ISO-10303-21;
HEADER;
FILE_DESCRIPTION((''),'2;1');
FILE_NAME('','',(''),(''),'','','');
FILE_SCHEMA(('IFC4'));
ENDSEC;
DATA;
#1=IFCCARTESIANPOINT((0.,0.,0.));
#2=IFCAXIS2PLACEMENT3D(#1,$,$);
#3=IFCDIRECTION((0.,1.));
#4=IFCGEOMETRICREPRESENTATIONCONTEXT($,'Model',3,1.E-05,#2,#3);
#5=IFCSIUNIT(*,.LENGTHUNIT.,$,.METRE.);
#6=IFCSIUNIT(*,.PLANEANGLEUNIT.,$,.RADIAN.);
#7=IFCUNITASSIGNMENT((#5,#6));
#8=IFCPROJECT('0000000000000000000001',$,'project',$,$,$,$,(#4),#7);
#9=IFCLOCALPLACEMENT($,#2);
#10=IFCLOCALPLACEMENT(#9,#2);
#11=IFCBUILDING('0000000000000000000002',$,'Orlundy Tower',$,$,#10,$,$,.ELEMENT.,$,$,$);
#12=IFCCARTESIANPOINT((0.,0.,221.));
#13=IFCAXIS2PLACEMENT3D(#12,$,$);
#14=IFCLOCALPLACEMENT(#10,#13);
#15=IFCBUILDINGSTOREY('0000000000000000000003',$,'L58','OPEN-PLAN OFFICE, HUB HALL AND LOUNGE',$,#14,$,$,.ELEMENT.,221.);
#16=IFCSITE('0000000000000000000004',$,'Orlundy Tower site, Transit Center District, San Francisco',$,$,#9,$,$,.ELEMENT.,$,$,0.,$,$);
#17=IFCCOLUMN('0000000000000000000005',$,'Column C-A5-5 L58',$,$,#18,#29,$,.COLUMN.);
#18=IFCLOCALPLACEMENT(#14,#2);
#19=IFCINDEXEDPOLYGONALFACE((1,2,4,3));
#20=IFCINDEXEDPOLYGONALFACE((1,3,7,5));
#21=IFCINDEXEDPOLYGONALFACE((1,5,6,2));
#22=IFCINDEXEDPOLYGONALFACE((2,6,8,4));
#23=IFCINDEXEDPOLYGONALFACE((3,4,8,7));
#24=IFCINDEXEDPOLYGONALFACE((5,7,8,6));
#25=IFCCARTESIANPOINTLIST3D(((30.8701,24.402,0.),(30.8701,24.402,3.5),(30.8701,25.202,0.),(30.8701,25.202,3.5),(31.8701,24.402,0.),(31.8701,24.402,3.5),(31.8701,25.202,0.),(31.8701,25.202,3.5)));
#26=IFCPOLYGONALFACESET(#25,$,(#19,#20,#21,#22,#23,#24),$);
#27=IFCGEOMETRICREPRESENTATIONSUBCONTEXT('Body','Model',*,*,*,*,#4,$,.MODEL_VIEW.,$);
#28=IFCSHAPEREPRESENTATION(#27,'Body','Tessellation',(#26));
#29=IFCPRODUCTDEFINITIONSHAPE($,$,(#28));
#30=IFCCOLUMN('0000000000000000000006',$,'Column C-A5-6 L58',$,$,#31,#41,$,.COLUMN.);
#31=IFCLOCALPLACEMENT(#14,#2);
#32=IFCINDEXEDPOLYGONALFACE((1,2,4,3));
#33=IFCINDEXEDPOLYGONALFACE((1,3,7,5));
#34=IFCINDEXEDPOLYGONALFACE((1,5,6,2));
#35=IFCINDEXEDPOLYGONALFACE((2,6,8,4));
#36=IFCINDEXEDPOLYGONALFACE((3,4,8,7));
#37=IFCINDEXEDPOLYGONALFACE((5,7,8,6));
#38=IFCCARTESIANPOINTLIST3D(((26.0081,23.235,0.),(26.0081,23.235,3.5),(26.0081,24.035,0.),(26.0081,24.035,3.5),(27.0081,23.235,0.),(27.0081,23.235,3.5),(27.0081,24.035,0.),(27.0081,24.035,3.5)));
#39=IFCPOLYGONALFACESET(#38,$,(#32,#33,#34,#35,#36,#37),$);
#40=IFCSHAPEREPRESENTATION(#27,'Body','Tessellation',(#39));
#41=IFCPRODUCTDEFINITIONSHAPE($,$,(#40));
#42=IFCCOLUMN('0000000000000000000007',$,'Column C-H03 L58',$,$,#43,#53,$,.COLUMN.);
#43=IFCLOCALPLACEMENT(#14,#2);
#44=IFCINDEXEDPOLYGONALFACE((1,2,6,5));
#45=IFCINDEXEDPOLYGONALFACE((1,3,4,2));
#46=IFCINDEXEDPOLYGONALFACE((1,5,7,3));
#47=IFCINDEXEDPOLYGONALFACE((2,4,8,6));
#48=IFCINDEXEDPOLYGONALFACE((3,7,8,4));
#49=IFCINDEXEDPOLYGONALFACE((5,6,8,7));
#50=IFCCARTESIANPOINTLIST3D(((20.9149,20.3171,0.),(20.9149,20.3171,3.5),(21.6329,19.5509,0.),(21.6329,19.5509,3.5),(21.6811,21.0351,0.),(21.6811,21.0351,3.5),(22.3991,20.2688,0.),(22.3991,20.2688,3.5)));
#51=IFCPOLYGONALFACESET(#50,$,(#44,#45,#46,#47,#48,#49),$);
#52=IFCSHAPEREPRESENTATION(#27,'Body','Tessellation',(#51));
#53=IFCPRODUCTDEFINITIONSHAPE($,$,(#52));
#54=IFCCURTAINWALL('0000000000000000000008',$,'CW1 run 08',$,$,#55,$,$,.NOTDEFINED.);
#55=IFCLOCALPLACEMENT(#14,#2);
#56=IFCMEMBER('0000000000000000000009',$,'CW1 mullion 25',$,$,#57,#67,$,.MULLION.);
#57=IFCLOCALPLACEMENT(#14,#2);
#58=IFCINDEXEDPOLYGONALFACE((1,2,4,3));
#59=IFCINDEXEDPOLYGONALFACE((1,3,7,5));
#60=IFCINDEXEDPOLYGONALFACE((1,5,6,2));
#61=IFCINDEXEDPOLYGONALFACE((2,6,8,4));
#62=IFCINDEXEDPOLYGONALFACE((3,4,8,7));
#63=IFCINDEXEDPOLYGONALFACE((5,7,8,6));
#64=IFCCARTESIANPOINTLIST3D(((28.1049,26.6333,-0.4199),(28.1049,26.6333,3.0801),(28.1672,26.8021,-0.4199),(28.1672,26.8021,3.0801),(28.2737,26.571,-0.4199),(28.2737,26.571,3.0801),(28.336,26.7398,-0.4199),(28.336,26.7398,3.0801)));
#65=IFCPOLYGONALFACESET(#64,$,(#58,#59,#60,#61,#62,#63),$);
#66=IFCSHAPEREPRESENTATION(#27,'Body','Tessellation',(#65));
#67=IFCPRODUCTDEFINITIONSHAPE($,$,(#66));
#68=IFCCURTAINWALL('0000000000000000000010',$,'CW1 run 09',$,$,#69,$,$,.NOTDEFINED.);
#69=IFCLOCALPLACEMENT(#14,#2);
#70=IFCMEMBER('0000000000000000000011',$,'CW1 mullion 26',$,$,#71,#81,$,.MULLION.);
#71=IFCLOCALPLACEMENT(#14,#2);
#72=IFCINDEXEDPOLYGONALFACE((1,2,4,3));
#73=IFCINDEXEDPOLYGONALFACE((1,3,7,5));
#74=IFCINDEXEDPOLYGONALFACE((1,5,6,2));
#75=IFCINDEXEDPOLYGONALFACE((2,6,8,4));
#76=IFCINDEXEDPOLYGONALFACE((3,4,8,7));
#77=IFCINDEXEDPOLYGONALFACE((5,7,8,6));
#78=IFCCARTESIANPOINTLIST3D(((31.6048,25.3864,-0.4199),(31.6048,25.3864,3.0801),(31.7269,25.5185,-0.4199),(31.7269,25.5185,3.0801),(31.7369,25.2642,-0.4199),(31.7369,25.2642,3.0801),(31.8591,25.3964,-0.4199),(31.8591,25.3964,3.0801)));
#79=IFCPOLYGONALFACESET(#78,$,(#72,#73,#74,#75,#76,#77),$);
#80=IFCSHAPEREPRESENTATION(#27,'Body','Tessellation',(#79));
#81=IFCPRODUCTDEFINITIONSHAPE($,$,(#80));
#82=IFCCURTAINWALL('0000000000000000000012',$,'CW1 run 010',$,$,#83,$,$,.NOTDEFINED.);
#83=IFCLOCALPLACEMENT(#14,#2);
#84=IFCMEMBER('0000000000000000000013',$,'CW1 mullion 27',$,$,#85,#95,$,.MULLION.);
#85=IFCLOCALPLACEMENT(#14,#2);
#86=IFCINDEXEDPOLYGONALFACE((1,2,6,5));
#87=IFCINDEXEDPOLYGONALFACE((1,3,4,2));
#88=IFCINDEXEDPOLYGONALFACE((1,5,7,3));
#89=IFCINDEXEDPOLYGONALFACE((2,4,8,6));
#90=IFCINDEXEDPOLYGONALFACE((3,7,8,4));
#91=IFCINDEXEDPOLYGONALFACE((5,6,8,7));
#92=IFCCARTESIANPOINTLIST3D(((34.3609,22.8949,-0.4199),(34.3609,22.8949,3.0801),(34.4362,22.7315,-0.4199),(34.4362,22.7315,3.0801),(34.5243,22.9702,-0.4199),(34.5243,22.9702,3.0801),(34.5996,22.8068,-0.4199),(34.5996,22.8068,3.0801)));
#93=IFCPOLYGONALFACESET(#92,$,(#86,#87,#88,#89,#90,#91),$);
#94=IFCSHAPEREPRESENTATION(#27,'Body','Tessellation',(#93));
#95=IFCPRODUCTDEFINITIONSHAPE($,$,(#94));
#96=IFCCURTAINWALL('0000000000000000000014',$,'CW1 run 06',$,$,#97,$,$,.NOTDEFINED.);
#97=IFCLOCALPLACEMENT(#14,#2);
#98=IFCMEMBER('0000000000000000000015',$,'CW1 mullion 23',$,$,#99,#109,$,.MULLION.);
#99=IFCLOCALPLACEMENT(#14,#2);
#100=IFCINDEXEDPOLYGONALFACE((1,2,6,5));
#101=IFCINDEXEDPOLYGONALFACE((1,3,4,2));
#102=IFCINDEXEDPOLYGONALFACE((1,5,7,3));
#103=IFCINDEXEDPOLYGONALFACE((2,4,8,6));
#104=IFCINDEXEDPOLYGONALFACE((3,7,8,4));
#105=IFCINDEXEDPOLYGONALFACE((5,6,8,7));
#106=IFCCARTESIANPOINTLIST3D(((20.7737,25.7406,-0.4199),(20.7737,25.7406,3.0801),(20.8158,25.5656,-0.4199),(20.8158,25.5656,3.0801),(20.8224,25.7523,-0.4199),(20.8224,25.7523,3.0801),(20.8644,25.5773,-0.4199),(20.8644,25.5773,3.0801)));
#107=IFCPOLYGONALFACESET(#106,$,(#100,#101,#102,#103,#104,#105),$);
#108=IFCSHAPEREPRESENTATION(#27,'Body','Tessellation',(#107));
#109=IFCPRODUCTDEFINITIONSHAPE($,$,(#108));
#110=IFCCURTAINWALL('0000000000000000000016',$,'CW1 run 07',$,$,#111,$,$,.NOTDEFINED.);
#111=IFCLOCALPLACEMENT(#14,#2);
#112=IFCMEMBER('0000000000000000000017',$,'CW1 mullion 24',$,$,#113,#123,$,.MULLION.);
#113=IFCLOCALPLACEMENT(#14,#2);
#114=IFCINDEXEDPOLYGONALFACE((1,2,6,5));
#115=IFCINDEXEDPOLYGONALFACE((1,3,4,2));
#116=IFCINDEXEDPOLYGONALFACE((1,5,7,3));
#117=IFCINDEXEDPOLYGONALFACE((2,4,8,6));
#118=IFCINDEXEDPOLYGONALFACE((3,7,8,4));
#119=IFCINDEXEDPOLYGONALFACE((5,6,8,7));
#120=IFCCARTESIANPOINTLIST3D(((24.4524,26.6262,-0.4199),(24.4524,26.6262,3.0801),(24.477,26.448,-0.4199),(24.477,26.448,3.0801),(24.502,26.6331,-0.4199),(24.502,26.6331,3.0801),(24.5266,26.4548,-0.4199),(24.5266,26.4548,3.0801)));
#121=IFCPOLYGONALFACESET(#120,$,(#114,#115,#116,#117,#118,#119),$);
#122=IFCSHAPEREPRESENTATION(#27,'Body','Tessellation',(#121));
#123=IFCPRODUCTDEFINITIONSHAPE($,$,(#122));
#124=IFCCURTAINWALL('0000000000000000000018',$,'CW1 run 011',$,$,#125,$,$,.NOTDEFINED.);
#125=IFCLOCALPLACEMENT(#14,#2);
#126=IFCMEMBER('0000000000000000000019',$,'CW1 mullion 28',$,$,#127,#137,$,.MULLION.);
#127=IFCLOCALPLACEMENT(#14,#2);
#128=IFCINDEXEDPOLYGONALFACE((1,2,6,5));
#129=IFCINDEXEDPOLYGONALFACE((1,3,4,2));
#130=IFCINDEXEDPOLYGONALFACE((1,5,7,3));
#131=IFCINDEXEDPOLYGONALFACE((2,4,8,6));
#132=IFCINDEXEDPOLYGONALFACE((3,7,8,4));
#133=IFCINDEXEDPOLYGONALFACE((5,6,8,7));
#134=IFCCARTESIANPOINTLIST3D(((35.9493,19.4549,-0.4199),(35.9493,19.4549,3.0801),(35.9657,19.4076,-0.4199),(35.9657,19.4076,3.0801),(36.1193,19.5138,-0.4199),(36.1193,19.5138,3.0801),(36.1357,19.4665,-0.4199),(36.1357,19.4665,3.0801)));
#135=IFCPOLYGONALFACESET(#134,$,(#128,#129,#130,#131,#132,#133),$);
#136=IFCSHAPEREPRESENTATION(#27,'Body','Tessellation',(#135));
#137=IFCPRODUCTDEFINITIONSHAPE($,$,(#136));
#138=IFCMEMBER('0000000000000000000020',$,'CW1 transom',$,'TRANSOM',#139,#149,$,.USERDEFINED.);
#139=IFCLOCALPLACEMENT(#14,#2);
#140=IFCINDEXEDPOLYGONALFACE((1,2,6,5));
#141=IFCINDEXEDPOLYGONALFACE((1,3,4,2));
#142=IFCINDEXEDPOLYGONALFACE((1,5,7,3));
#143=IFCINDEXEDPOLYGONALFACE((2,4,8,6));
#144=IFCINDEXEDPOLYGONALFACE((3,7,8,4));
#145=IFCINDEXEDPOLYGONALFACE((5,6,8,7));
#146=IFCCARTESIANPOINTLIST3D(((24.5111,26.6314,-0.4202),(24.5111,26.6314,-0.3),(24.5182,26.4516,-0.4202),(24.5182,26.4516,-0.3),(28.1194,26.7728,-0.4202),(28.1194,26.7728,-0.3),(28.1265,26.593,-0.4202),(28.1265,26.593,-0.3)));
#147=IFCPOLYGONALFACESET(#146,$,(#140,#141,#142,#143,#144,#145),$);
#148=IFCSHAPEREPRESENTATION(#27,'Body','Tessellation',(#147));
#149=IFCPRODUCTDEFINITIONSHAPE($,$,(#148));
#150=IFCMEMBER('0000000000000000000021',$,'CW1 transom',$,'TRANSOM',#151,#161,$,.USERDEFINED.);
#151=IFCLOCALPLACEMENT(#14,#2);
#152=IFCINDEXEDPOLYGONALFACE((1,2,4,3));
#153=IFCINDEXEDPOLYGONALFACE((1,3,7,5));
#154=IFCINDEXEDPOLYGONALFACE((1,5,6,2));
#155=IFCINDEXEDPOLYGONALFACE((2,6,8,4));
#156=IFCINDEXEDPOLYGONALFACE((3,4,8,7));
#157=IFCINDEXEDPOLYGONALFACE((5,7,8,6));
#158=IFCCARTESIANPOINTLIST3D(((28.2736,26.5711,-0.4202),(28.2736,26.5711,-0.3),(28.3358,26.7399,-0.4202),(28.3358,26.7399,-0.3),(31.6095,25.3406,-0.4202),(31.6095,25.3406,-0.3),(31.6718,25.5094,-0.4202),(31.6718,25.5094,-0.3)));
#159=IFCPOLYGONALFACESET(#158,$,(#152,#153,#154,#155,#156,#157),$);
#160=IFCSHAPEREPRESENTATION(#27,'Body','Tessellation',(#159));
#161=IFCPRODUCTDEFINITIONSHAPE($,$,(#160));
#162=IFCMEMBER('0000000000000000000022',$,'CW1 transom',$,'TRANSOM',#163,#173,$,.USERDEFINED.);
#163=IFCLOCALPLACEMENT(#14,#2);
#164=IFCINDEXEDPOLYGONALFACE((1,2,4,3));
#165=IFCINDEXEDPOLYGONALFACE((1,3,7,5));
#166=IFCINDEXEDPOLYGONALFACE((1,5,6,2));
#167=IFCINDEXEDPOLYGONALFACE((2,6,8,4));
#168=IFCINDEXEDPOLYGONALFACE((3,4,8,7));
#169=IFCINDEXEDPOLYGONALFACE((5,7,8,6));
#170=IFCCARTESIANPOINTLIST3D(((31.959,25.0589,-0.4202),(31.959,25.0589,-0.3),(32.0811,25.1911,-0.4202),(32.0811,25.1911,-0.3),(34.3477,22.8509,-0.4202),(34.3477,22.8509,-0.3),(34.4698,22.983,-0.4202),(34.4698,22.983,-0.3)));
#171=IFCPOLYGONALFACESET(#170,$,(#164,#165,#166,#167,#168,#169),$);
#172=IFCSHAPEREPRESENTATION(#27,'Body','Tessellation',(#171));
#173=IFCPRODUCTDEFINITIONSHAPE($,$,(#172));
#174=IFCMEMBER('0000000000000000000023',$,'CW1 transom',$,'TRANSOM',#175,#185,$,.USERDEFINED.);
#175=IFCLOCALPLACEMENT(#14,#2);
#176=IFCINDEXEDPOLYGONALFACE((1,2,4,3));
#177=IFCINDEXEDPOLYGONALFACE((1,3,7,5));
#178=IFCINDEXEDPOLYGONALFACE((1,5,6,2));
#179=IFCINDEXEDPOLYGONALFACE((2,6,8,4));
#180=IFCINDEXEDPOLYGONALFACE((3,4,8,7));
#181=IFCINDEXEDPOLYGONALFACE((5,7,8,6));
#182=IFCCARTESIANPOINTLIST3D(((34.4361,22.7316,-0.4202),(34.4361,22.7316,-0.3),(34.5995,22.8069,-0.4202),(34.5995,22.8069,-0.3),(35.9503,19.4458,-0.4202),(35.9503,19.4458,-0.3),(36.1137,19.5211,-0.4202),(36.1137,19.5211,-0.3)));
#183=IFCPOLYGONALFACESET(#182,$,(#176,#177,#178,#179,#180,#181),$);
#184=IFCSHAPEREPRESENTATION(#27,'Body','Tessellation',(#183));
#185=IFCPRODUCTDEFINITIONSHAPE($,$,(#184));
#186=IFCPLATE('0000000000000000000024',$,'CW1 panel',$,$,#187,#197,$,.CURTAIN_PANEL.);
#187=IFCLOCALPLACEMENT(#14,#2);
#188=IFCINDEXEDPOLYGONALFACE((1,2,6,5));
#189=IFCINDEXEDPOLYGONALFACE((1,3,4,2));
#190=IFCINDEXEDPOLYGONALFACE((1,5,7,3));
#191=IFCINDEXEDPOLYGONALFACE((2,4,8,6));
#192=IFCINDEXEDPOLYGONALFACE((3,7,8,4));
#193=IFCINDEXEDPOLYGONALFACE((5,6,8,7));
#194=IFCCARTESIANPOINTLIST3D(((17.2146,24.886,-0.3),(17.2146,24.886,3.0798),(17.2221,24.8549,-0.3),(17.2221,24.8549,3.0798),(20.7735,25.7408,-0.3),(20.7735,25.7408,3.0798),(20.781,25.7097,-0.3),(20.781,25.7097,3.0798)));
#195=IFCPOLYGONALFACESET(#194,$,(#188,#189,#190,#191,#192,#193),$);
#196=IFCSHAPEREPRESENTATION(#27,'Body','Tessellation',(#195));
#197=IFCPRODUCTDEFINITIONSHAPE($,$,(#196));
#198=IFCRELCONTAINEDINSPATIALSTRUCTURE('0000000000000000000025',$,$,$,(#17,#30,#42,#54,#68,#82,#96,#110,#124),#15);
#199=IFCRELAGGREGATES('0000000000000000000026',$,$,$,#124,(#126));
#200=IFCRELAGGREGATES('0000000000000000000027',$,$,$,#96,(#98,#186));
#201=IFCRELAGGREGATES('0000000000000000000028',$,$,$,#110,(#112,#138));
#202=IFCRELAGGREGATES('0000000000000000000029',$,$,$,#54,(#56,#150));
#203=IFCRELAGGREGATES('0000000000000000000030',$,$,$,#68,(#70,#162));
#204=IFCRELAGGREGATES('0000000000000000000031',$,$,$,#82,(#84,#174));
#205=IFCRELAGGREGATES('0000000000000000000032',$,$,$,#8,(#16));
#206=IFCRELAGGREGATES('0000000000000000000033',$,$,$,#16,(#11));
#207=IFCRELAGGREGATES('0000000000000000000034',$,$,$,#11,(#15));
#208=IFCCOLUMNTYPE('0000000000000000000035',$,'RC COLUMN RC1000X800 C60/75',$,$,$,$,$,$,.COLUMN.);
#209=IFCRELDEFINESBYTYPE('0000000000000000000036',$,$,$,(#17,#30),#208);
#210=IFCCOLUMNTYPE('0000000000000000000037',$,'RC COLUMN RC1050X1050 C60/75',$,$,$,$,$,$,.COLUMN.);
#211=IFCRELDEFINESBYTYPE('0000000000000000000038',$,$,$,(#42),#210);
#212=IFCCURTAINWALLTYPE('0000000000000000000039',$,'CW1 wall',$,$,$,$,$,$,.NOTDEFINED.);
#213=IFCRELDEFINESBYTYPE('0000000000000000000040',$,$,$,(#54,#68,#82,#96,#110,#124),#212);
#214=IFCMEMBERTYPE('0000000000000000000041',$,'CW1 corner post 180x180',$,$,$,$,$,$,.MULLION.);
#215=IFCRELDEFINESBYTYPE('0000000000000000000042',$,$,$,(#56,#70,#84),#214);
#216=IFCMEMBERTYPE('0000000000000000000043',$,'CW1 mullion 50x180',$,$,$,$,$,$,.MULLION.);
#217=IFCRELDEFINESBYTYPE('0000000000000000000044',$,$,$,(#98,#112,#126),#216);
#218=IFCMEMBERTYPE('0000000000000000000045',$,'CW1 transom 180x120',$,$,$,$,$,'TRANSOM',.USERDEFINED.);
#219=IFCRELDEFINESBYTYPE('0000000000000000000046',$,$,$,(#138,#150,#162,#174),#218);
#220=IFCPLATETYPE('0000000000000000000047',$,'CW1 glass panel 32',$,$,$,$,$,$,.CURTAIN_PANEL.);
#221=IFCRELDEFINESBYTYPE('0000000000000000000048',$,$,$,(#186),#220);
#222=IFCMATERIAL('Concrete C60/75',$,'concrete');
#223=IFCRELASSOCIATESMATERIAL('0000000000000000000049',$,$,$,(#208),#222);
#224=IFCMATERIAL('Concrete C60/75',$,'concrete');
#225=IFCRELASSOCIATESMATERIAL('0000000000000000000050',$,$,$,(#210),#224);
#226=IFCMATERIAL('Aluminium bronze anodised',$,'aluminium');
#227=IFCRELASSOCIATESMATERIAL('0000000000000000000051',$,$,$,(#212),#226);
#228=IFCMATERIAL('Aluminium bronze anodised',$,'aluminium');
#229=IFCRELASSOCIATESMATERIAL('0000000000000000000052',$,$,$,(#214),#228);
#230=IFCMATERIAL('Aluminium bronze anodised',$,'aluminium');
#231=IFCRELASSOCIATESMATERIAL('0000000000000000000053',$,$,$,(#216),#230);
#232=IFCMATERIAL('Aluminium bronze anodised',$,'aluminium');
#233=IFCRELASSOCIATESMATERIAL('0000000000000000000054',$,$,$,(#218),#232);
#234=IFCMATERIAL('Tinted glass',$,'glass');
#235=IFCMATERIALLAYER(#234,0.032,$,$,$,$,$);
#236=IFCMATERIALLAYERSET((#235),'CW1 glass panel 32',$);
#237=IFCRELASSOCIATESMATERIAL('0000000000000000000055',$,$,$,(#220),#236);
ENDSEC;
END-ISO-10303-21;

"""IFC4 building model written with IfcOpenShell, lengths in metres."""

from ifc_helpers import new_model, si_unit, direction, frame, origin, origin_2d, place, context, subcontext, project, spatial, rectangle, extrude, material, layer, layer_set, material_profile, profile_set, type_object, element, aggregate, save


model = new_model("IFC4")

# Units and contexts
model_context = context("Model", 3, precision=1e-05, world=origin(), true_north=direction((0.0, 1.0)))
body_context = subcontext(model_context, "Body", "Model", "MODEL_VIEW")
ifc_project = project(units=[si_unit("LENGTHUNIT", "METRE"), si_unit("PLANEANGLEUNIT", "RADIAN")], contexts=[model_context])

# Site, building, storey
site_placement = place(None, origin())
site = spatial("IfcSite", under=ifc_project, at=site_placement, Name="Orlundy Tower site, Transit Center District, San Francisco", CompositionType="ELEMENT", RefElevation=0.0)
building_placement = place(site_placement, origin())
building = spatial("IfcBuilding", under=site, at=building_placement, Name="Orlundy Tower", CompositionType="ELEMENT")
storey_placement = place(building_placement, frame((0.0, 0.0, 221.0)))
storey = spatial("IfcBuildingStorey", under=building, at=storey_placement, Name="L58", Description="OPEN-PLAN OFFICE, HUB HALL AND LOUNGE", CompositionType="ELEMENT", Elevation=221.0)

# Columns
ifc_material_1 = material(Name="Concrete C60/75", Category="concrete")
ifc_material_profile_1 = material_profile(ifc_material_1, rectangle(XDim=1.0, YDim=0.8, at=origin_2d()), Name="RC1000X800")
ifc_profile_set_1 = profile_set([ifc_material_profile_1], Name="Concrete C60/75")
column_type_1 = type_object("IfcColumnType", Name="RC COLUMN RC1000X800 C60/75", PredefinedType="COLUMN", material=ifc_profile_set_1)
for number, where, z_axis, x_axis, name in (
    (1, (31.3701, 24.802, 0.0), (0.0, 0.0, 1.0), (1.0, 0.0, 0.0), "Column C-A5-5 L58"),
    (2, (26.5081, 23.635, 0.0), (0.0, 0.0, 1.0), (1.0, 0.0, 0.0), "Column C-A5-6 L58"),
):
    element("IfcColumn", number, at=place(storey_placement, frame(where, z_axis=z_axis, x_axis=x_axis)), inside=storey, type_object=column_type_1, Name=name, PredefinedType="COLUMN", context=body_context, shape_type="SweptSolid", body=[
        extrude(rectangle(XDim=1.0, YDim=0.8, at=origin_2d()), origin(), (0.0, 0.0, 1.0), 3.5),
    ])
ifc_material_2 = material(Name="Concrete C60/75", Category="concrete")
ifc_material_profile_2 = material_profile(ifc_material_2, rectangle(XDim=1.05, YDim=1.05, at=origin_2d()), Name="RC1050X1050")
ifc_profile_set_2 = profile_set([ifc_material_profile_2], Name="Concrete C60/75")
column_type_2 = type_object("IfcColumnType", Name="RC COLUMN RC1050X1050 C60/75", PredefinedType="COLUMN", material=ifc_profile_set_2)
column_placement = place(storey_placement, frame((21.657, 20.293, 0.0), z_axis=(0.0, 0.0, 1.0), x_axis=(0.729709, 0.683758, 0.0)))
element("IfcColumn", 3, at=column_placement, inside=storey, type_object=column_type_2, Name="Column C-H03 L58", PredefinedType="COLUMN", context=body_context, shape_type="SweptSolid", body=[
    extrude(rectangle(XDim=1.05, YDim=1.05, at=origin_2d()), origin(), (0.0, 0.0, 1.0), 3.5),
])

# Curtain walls, members
ifc_material_3 = material(Name="Aluminium bronze anodised", Category="aluminium")
curtain_wall_type = type_object("IfcCurtainWallType", Name="CW1 wall", PredefinedType="NOTDEFINED", material=ifc_material_3)
curtain_wall_1_placement = place(storey_placement, origin())
curtain_wall_1 = element("IfcCurtainWall", 4, at=curtain_wall_1_placement, inside=storey, type_object=curtain_wall_type, Name="CW1 run 08", PredefinedType="NOTDEFINED")
ifc_material_4 = material(Name="Aluminium bronze anodised", Category="aluminium")
ifc_material_profile_3 = material_profile(ifc_material_4, rectangle(XDim=0.1799, YDim=0.1799, at=origin_2d()), Name="CW1 corner post 180x180")
ifc_profile_set_3 = profile_set([ifc_material_profile_3], Name="Aluminium bronze anodised")
member_type_1 = type_object("IfcMemberType", Name="CW1 corner post 180x180", PredefinedType="MULLION", material=ifc_profile_set_3)
member_1_placement = place(storey_placement, frame((28.2205, 26.6865, -0.4199), z_axis=(0.0, 0.0, 1.0), x_axis=(0.346093, 0.9382, 0.0)))
member_1 = element("IfcMember", 5, at=member_1_placement, type_object=member_type_1, Name="CW1 mullion 25", PredefinedType="MULLION", context=body_context, shape_type="SweptSolid", body=[
    extrude(rectangle(XDim=0.1799, YDim=0.1799, at=origin_2d()), origin(), (0.0, 0.0, 1.0), 3.5),
])
curtain_wall_2_placement = place(storey_placement, origin())
curtain_wall_2 = element("IfcCurtainWall", 6, at=curtain_wall_2_placement, inside=storey, type_object=curtain_wall_type, Name="CW1 run 09", PredefinedType="NOTDEFINED")
member_2_placement = place(storey_placement, frame((31.7319, 25.3914, -0.4199), z_axis=(0.0, 0.0, 1.0), x_axis=(0.678773, 0.734348, 0.0)))
member_2 = element("IfcMember", 7, at=member_2_placement, type_object=member_type_1, Name="CW1 mullion 26", PredefinedType="MULLION", context=body_context, shape_type="SweptSolid", body=[
    extrude(rectangle(XDim=0.1799, YDim=0.1799, at=origin_2d()), origin(), (0.0, 0.0, 1.0), 3.5),
])
curtain_wall_3_placement = place(storey_placement, origin())
curtain_wall_3 = element("IfcCurtainWall", 8, at=curtain_wall_3_placement, inside=storey, type_object=curtain_wall_type, Name="CW1 run 010", PredefinedType="NOTDEFINED")
member_3_placement = place(storey_placement, frame((34.4802, 22.8508, -0.4199), z_axis=(0.0, 0.0, 1.0), x_axis=(0.90822, 0.418493, 0.0)))
member_3 = element("IfcMember", 9, at=member_3_placement, type_object=member_type_1, Name="CW1 mullion 27", PredefinedType="MULLION", context=body_context, shape_type="SweptSolid", body=[
    extrude(rectangle(XDim=0.1799, YDim=0.1799, at=origin_2d()), origin(), (0.0, 0.0, 1.0), 3.5),
])
curtain_wall_4_placement = place(storey_placement, origin())
curtain_wall_4 = element("IfcCurtainWall", 10, at=curtain_wall_4_placement, inside=storey, type_object=curtain_wall_type, Name="CW1 run 06", PredefinedType="NOTDEFINED")
ifc_material_5 = material(Name="Aluminium bronze anodised", Category="aluminium")
ifc_material_profile_4 = material_profile(ifc_material_5, rectangle(XDim=0.1799, YDim=0.05, at=origin_2d()), Name="CW1 mullion 50x180")
ifc_profile_set_4 = profile_set([ifc_material_profile_4], Name="Aluminium bronze anodised")
member_type_2 = type_object("IfcMemberType", Name="CW1 mullion 50x180", PredefinedType="MULLION", material=ifc_profile_set_4)
member_4_placement = place(storey_placement, frame((20.8191, 25.6589, -0.4199), z_axis=(0.0, 0.0, 1.0), x_axis=(-0.233529, 0.97235, 0.0)))
member_4 = element("IfcMember", 11, at=member_4_placement, type_object=member_type_2, Name="CW1 mullion 23", PredefinedType="MULLION", context=body_context, shape_type="SweptSolid", body=[
    extrude(rectangle(XDim=0.1799, YDim=0.05, at=origin_2d()), origin(), (0.0, 0.0, 1.0), 3.5),
])
curtain_wall_5_placement = place(storey_placement, origin())
curtain_wall_5 = element("IfcCurtainWall", 12, at=curtain_wall_5_placement, inside=storey, type_object=curtain_wall_type, Name="CW1 run 07", PredefinedType="NOTDEFINED")
member_5_placement = place(storey_placement, frame((24.4895, 26.5405, -0.4199), z_axis=(0.0, 0.0, 1.0), x_axis=(-0.136984, 0.990573, 0.0)))
member_5 = element("IfcMember", 13, at=member_5_placement, type_object=member_type_2, Name="CW1 mullion 24", PredefinedType="MULLION", context=body_context, shape_type="SweptSolid", body=[
    extrude(rectangle(XDim=0.1799, YDim=0.05, at=origin_2d()), origin(), (0.0, 0.0, 1.0), 3.5),
])
curtain_wall_6_placement = place(storey_placement, origin())
curtain_wall_6 = element("IfcCurtainWall", 14, at=curtain_wall_6_placement, inside=storey, type_object=curtain_wall_type, Name="CW1 run 011", PredefinedType="NOTDEFINED")
member_6_placement = place(storey_placement, frame((36.0425, 19.4607, -0.4199), z_axis=(0.0, 0.0, 1.0), x_axis=(0.944832, 0.327557, 0.0)))
member_6 = element("IfcMember", 15, at=member_6_placement, type_object=member_type_2, Name="CW1 mullion 28", PredefinedType="MULLION", context=body_context, shape_type="SweptSolid", body=[
    extrude(rectangle(XDim=0.1799, YDim=0.05, at=origin_2d()), origin(), (0.0, 0.0, 1.0), 3.5),
])
aggregate(curtain_wall_6, [member_6])

# Members
ifc_material_6 = material(Name="Aluminium bronze anodised", Category="aluminium")
ifc_material_profile_5 = material_profile(ifc_material_6, rectangle(XDim=0.1799, YDim=0.1201, at=origin_2d()), Name="CW1 transom 180x120")
ifc_profile_set_5 = profile_set([ifc_material_profile_5], Name="Aluminium bronze anodised")
member_type_3 = type_object("IfcMemberType", Name="CW1 transom 180x120", ElementType="TRANSOM", PredefinedType="USERDEFINED", material=ifc_profile_set_5)
member_7_placement = place(storey_placement, frame((24.5146, 26.5415, -0.3601), z_axis=(0.999234, 0.039145, 0.0), x_axis=(-0.039145, 0.999234, 0.0)))
member_7 = element("IfcMember", 16, at=member_7_placement, type_object=member_type_3, Name="CW1 transom", ObjectType="TRANSOM", PredefinedType="USERDEFINED", context=body_context, shape_type="SweptSolid", body=[
    extrude(rectangle(XDim=0.1799, YDim=0.1201, at=origin_2d()), origin(), (0.0, 0.0, 1.0), 3.6111),
])
member_8_placement = place(storey_placement, frame((28.3047, 26.6555, -0.3601), z_axis=(0.938212, -0.346062, 0.0), x_axis=(0.346062, 0.938212, 0.0)))
member_8 = element("IfcMember", 17, at=member_8_placement, type_object=member_type_3, Name="CW1 transom", ObjectType="TRANSOM", PredefinedType="USERDEFINED", context=body_context, shape_type="SweptSolid", body=[
    extrude(rectangle(XDim=0.1799, YDim=0.1201, at=origin_2d()), origin(), (0.0, 0.0, 1.0), 3.5557),
])
member_9_placement = place(storey_placement, frame((32.02, 25.125, -0.3601), z_axis=(0.734331, -0.678791, 0.0), x_axis=(0.678791, 0.734331, 0.0)))
member_9 = element("IfcMember", 18, at=member_9_placement, type_object=member_type_3, Name="CW1 transom", ObjectType="TRANSOM", PredefinedType="USERDEFINED", context=body_context, shape_type="SweptSolid", body=[
    extrude(rectangle(XDim=0.1799, YDim=0.1201, at=origin_2d()), origin(), (0.0, 0.0, 1.0), 3.2529),
])
member_10_placement = place(storey_placement, frame((34.5178, 22.7693, -0.3601), z_axis=(0.41851, -0.908212, 0.0), x_axis=(0.908212, 0.41851, 0.0)))
member_10 = element("IfcMember", 19, at=member_10_placement, type_object=member_type_3, Name="CW1 transom", ObjectType="TRANSOM", PredefinedType="USERDEFINED", context=body_context, shape_type="SweptSolid", body=[
    extrude(rectangle(XDim=0.1799, YDim=0.1201, at=origin_2d()), origin(), (0.0, 0.0, 1.0), 3.6179),
])

# Plate
ifc_material_7 = material(Name="Tinted glass", Category="glass")
ifc_layer = layer(ifc_material_7, 0.032)
ifc_layer_set = layer_set([ifc_layer], Name="CW1 glass panel 32")
plate_type = type_object("IfcPlateType", Name="CW1 glass panel 32", PredefinedType="CURTAIN_PANEL", material=ifc_layer_set)
plate_1_placement = place(storey_placement, frame((18.9978, 25.2979, -0.3), z_axis=(0.0, 0.0, 1.0), x_axis=(0.97235, 0.233529, 0.0)))
plate_1 = element("IfcPlate", 20, at=plate_1_placement, type_object=plate_type, Name="CW1 panel", PredefinedType="CURTAIN_PANEL", context=body_context, shape_type="SweptSolid", body=[
    extrude(rectangle(XDim=3.6602, YDim=0.032, at=origin_2d()), origin(), (0.0, 0.0, 1.0), 3.3799),
])
aggregate(curtain_wall_4, [member_4, plate_1])
aggregate(curtain_wall_5, [member_5, member_7])
aggregate(curtain_wall_1, [member_1, member_8])
aggregate(curtain_wall_2, [member_2, member_9])
aggregate(curtain_wall_3, [member_3, member_10])

save(model, "model.ifc")
